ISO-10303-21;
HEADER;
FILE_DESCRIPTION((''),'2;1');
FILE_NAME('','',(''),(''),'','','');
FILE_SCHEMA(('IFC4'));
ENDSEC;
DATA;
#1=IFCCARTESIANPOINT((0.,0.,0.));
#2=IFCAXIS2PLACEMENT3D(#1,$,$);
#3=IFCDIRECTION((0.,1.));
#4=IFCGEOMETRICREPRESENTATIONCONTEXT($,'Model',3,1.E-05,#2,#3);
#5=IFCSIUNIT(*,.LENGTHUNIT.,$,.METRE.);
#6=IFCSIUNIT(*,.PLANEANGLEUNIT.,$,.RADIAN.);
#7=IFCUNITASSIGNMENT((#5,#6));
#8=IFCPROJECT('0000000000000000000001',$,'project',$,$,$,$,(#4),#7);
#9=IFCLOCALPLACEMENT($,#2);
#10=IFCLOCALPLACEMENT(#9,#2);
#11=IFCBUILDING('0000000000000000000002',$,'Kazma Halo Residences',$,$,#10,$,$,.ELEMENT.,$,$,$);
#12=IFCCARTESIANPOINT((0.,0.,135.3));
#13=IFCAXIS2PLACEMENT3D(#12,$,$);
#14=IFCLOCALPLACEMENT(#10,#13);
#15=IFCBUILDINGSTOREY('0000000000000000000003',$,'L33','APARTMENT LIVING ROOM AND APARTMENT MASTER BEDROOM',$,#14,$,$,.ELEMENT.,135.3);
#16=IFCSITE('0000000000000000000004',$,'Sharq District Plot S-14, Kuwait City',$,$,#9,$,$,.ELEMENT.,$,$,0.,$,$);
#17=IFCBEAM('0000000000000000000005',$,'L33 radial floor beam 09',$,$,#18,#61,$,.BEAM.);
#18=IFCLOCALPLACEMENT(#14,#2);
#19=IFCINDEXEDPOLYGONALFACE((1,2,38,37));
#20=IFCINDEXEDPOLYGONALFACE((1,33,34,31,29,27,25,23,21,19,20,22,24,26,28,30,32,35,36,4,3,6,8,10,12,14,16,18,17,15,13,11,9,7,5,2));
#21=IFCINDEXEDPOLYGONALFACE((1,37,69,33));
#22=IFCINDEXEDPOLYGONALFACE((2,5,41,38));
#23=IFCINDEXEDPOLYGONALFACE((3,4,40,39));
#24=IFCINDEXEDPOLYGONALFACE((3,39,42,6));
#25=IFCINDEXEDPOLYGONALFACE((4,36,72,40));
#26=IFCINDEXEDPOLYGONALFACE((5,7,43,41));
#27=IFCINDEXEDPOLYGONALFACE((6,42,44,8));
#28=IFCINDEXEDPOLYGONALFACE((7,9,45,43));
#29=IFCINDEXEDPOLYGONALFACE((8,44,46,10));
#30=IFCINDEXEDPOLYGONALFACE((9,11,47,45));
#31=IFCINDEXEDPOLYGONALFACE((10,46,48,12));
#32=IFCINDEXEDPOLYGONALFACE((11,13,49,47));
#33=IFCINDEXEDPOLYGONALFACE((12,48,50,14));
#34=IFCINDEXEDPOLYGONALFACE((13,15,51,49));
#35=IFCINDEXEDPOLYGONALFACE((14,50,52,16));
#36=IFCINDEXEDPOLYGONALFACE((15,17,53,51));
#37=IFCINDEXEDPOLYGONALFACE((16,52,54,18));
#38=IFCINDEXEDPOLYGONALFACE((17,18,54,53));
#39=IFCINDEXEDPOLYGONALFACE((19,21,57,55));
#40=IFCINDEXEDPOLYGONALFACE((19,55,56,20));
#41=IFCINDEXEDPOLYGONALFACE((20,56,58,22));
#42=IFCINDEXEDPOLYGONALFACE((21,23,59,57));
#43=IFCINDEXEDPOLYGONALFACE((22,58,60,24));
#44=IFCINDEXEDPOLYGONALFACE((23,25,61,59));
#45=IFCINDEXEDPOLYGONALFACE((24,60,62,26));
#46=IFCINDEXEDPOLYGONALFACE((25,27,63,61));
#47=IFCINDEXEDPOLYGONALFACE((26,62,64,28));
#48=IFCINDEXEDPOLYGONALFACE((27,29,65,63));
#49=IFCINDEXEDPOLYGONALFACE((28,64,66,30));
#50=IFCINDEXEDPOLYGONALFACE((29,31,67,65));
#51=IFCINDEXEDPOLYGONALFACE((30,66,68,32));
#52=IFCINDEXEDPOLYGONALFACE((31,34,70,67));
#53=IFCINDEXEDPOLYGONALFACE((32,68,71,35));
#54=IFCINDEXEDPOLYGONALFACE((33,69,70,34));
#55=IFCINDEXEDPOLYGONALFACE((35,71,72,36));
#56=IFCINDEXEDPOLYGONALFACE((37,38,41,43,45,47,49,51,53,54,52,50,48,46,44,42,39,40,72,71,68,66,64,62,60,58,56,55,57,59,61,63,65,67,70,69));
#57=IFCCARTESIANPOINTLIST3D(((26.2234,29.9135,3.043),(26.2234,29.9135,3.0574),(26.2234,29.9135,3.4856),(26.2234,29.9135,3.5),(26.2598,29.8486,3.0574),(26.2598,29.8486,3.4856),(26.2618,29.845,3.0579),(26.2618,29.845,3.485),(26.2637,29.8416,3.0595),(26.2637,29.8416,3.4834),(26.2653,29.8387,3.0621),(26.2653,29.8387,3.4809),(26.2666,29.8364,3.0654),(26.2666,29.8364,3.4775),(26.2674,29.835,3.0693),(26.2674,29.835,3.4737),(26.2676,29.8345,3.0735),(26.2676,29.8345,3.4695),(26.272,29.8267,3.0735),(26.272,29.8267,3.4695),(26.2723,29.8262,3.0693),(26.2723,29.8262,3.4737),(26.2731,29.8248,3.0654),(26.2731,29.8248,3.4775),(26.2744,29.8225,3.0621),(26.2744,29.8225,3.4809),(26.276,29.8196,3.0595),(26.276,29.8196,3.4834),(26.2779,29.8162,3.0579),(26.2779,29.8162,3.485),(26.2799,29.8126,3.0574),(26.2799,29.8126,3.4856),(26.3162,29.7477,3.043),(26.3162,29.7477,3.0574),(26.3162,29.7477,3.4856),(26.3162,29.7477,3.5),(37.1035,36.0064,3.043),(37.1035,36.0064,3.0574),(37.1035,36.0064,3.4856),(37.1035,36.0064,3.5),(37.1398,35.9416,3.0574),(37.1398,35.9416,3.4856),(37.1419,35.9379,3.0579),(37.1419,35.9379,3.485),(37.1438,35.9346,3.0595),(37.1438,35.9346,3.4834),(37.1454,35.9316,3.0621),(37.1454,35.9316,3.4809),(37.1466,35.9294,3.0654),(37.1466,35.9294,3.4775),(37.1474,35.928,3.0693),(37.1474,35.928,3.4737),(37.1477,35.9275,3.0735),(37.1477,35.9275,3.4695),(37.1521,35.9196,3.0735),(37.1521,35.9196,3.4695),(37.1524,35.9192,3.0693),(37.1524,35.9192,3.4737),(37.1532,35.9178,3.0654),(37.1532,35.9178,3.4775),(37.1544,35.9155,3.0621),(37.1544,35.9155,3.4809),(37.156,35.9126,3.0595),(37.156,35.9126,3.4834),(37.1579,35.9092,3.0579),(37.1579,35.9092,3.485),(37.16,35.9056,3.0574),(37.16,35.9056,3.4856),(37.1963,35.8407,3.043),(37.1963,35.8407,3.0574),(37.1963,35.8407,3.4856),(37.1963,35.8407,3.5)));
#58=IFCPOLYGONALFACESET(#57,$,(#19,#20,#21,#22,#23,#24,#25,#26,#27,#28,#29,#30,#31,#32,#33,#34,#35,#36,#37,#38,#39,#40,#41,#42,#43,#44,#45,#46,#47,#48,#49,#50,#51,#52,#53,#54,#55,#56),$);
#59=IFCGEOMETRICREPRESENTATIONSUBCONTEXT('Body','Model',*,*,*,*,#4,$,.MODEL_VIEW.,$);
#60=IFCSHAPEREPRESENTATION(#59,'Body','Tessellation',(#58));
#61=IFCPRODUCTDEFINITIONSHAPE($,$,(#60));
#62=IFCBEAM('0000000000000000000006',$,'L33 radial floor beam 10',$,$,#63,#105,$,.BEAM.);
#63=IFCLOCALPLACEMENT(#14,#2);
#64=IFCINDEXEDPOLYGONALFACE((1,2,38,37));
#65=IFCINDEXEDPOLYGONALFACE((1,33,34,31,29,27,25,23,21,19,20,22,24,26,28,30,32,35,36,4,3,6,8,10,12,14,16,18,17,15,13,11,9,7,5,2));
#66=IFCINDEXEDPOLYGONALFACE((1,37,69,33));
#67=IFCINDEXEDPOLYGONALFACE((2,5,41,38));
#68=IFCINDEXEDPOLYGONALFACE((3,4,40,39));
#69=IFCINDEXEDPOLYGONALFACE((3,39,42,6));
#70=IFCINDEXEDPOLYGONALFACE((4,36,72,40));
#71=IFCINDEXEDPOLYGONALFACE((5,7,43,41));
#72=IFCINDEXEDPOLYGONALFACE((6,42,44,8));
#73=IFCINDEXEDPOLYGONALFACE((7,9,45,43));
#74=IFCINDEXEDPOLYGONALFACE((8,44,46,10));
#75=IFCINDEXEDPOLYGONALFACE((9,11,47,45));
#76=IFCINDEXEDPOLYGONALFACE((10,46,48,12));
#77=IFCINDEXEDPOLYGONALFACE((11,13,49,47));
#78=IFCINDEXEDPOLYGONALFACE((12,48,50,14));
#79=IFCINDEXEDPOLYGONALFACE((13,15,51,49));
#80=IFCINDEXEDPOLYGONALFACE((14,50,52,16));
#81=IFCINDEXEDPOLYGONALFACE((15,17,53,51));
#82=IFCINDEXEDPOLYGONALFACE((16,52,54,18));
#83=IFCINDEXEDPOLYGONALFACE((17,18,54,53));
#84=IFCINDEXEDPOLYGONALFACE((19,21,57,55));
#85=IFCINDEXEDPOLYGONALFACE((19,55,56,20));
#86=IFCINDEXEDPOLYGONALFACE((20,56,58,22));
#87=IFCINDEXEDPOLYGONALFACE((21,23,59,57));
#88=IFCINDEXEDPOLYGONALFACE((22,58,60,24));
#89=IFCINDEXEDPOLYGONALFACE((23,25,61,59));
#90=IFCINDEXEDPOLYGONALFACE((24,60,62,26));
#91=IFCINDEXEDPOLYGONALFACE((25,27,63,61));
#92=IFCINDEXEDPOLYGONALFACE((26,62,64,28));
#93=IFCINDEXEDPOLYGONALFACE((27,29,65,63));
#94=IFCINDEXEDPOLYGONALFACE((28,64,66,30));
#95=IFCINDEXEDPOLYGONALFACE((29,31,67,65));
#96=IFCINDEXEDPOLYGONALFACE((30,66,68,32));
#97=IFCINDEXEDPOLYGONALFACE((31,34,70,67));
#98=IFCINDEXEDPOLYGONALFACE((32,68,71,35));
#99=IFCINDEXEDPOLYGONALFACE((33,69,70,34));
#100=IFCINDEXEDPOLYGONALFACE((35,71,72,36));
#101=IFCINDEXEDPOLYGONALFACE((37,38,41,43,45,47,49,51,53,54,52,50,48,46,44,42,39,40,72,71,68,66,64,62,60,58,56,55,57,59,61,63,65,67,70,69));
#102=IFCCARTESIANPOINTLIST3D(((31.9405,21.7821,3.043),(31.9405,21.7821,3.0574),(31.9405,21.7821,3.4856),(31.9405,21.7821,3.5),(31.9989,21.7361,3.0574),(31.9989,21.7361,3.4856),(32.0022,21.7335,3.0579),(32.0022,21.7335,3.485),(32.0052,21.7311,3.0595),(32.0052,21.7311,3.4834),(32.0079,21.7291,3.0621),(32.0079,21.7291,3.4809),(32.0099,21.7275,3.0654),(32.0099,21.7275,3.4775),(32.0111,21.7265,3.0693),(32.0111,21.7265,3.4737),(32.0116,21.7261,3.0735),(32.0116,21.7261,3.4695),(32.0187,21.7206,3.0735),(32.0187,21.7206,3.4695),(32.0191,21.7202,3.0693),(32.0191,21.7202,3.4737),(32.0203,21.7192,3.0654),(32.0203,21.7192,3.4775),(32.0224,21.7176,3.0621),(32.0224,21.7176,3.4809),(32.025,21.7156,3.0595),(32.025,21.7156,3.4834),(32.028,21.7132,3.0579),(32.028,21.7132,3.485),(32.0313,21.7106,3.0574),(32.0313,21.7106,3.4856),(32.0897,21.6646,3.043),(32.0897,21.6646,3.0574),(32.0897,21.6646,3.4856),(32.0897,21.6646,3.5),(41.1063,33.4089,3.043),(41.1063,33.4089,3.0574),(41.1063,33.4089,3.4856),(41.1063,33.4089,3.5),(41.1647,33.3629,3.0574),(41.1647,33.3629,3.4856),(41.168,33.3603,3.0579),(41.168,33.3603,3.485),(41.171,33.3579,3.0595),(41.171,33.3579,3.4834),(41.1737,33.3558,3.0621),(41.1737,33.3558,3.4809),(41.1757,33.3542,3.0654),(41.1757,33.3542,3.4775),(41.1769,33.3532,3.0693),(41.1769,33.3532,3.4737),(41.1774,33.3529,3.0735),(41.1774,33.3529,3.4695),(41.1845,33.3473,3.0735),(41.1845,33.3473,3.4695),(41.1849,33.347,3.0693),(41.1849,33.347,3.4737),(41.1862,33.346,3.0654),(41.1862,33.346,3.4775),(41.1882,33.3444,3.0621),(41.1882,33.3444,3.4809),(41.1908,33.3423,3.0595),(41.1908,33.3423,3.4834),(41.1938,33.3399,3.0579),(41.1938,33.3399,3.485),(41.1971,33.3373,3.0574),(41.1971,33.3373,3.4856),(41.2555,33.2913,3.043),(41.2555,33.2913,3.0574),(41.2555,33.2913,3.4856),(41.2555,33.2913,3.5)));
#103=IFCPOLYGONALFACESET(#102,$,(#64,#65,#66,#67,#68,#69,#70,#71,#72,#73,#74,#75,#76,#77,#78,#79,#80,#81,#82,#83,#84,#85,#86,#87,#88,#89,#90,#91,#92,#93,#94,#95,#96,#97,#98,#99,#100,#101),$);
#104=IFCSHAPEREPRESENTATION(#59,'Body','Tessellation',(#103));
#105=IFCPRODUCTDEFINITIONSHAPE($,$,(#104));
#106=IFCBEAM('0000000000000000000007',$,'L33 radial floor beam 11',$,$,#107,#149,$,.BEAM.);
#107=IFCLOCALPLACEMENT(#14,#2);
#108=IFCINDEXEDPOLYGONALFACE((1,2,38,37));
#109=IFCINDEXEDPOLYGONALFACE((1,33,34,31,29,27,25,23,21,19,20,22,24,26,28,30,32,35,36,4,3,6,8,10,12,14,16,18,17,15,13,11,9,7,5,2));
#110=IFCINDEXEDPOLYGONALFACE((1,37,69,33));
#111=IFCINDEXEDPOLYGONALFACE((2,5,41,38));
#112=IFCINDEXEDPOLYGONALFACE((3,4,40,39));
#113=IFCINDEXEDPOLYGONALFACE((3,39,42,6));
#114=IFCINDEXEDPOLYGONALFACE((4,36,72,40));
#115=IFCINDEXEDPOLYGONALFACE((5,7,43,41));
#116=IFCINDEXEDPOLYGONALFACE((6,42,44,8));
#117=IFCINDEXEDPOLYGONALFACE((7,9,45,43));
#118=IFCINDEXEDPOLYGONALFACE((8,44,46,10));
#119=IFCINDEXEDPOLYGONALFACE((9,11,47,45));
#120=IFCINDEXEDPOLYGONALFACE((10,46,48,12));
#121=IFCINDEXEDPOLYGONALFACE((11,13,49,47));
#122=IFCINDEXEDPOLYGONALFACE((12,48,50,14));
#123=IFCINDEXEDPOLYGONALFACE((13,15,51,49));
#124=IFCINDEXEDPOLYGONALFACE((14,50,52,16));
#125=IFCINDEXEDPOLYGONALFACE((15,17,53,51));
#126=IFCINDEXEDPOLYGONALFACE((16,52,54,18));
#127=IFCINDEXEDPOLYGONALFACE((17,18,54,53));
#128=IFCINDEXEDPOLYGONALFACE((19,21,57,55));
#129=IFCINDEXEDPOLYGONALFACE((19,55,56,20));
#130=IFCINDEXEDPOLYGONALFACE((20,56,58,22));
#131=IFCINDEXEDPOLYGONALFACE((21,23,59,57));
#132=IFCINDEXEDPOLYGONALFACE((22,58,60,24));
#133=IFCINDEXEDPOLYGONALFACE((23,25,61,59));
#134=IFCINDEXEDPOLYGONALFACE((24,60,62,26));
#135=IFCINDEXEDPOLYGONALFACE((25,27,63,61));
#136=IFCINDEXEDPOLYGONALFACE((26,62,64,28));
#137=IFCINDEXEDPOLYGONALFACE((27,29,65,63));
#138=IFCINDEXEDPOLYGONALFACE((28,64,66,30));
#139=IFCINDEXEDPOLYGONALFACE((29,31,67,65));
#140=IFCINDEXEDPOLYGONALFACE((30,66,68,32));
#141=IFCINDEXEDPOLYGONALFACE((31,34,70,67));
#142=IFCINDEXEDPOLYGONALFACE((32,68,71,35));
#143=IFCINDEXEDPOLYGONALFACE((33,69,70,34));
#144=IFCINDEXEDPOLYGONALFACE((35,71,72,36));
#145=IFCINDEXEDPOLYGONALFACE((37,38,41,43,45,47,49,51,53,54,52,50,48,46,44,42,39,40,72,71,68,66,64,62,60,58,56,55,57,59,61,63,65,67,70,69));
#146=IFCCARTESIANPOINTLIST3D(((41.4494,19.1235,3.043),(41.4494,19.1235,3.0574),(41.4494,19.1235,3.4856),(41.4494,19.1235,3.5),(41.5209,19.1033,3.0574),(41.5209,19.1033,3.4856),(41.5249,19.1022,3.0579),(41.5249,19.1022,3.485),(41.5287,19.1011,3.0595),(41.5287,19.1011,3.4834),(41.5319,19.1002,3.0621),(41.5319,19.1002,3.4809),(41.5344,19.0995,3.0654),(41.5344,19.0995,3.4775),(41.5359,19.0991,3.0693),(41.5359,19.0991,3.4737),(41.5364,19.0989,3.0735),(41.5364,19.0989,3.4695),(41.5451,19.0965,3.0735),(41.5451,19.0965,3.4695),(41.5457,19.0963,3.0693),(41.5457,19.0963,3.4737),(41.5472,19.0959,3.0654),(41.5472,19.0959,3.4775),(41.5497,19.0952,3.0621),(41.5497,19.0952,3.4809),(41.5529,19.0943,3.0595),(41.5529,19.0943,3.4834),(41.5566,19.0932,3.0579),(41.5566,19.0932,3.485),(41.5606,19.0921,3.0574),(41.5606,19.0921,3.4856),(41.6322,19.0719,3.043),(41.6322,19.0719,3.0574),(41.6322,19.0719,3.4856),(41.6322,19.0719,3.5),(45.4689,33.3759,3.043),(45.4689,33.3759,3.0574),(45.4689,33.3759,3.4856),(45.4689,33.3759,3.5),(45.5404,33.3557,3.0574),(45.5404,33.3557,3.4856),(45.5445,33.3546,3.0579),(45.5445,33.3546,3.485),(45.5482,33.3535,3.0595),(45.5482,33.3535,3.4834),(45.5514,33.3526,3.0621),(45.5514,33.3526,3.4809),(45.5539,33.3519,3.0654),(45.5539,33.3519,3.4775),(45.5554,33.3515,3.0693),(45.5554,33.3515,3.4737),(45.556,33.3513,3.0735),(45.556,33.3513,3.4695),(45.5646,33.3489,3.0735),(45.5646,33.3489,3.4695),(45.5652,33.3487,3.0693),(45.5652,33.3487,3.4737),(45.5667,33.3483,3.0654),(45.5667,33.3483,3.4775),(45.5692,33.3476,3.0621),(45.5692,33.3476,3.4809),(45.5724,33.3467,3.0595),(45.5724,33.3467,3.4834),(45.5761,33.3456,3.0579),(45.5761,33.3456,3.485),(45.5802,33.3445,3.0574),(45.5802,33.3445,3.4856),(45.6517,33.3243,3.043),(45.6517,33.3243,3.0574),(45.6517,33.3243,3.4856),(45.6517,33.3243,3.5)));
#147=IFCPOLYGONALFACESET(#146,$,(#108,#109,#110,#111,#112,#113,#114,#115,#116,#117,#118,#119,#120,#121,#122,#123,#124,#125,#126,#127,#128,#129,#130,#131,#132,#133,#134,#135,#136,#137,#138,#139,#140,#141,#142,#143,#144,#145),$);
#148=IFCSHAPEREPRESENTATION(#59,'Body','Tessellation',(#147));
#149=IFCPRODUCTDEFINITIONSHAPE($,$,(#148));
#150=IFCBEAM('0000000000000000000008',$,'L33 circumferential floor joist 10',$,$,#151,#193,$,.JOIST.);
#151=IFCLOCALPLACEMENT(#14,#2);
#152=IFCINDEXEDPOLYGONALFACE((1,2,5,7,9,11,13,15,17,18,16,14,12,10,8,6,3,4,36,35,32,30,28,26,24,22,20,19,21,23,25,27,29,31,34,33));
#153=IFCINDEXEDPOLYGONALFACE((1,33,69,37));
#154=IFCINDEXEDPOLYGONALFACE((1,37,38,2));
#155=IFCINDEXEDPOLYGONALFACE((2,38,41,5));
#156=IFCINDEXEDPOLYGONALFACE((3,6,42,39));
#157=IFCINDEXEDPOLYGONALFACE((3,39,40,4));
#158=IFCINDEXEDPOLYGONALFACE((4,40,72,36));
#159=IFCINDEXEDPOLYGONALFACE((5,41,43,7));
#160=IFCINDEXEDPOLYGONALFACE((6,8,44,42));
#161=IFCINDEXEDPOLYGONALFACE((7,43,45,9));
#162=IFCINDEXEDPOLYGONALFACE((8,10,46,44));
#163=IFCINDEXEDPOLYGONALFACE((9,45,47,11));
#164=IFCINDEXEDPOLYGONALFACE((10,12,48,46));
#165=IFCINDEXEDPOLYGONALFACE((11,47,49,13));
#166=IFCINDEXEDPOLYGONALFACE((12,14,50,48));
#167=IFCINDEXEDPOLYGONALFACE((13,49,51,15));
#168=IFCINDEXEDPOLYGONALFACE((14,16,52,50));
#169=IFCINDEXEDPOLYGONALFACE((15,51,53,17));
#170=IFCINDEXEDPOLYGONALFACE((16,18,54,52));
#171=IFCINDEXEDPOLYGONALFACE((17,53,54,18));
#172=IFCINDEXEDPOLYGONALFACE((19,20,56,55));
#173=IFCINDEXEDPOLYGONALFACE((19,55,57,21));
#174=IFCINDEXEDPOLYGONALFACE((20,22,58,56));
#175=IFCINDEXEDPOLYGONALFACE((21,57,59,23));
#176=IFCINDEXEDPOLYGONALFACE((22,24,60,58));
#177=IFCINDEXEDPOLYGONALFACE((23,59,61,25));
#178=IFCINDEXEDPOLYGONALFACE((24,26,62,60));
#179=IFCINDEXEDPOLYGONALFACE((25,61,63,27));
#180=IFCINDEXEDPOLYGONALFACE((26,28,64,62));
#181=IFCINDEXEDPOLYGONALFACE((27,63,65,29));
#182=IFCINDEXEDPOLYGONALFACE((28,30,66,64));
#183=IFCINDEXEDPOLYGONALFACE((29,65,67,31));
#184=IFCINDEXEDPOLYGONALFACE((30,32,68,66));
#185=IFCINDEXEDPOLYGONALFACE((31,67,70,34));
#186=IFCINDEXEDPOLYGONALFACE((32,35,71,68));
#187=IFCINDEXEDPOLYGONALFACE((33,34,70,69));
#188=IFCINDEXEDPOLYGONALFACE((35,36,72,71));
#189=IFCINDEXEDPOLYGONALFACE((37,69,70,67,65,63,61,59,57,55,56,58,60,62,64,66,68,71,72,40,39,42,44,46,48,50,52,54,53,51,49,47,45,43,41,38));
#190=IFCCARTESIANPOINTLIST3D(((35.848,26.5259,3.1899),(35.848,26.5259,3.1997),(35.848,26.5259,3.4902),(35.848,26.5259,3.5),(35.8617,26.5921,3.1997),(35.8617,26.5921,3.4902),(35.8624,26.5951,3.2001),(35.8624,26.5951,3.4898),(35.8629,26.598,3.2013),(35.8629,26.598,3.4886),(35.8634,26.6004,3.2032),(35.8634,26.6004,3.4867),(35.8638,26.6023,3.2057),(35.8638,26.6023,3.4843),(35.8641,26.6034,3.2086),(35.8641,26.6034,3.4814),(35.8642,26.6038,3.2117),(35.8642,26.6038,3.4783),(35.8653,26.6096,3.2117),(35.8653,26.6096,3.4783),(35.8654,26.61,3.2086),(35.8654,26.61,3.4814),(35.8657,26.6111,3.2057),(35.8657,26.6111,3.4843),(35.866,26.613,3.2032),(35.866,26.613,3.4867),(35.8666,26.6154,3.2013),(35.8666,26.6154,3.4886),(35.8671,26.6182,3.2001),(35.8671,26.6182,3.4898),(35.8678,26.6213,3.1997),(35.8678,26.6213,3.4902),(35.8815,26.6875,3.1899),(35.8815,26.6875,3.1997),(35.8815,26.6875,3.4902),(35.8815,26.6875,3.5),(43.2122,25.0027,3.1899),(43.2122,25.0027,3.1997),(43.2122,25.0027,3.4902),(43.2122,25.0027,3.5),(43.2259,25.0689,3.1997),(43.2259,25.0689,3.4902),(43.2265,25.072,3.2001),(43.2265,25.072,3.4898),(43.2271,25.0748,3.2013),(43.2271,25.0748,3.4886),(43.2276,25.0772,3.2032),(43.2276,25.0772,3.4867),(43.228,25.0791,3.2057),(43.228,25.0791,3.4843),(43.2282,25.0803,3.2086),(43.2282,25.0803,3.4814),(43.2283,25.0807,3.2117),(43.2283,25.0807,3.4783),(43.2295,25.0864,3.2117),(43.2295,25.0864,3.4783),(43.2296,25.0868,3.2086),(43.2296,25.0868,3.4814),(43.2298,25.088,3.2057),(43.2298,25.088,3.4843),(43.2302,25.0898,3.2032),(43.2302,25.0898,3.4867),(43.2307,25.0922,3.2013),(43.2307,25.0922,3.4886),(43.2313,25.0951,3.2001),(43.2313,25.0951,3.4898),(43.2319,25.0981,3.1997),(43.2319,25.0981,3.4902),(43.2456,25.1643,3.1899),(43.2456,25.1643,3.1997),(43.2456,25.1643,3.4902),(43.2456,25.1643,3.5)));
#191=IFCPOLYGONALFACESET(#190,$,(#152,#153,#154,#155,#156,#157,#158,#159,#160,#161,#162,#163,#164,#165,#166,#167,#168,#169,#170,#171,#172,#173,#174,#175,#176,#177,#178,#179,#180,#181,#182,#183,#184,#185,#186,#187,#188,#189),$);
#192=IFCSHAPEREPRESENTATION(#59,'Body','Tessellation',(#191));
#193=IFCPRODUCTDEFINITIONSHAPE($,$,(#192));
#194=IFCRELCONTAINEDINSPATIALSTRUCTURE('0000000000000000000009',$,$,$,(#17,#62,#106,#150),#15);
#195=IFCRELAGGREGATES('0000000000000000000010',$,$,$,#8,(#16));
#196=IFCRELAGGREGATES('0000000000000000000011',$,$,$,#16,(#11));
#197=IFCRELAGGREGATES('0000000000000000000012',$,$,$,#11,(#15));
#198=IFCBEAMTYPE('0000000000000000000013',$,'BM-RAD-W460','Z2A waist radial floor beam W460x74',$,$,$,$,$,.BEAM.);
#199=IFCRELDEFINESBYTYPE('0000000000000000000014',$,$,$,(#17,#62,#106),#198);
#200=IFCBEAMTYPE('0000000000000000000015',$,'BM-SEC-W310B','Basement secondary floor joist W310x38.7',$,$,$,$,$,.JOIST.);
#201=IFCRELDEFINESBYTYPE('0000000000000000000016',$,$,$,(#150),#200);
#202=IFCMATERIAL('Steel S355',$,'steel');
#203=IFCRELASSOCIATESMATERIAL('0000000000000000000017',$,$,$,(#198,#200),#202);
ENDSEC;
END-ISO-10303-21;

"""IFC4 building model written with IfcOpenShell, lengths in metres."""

from ifc_helpers import new_model, si_unit, direction, frame, origin, origin_2d, place, context, subcontext, project, spatial, i_section, extrude, material, material_profile, profile_set, type_object, element, save


model = new_model("IFC4")

# Units and contexts
model_context = context("Model", 3, precision=1e-05, world=origin(), true_north=direction((0.0, 1.0)))
body_context = subcontext(model_context, "Body", "Model", "MODEL_VIEW")
ifc_project = project(units=[si_unit("LENGTHUNIT", "METRE"), si_unit("PLANEANGLEUNIT", "RADIAN")], contexts=[model_context])

# Site, building, storey
site_placement = place(None, origin())
site = spatial("IfcSite", under=ifc_project, at=site_placement, Name="Sharq District Plot S-14, Kuwait City", CompositionType="ELEMENT", RefElevation=0.0)
building_placement = place(site_placement, origin())
building = spatial("IfcBuilding", under=site, at=building_placement, Name="Kazma Halo Residences", CompositionType="ELEMENT")
storey_placement = place(building_placement, frame((0.0, 0.0, 135.3)))
storey = spatial("IfcBuildingStorey", under=building, at=storey_placement, Name="L33", Description="APARTMENT LIVING ROOM AND APARTMENT MASTER BEDROOM", CompositionType="ELEMENT", Elevation=135.3)

# Beams
ifc_material_1 = material(Name="Steel S355", Category="steel")
ifc_material_profile_1 = material_profile(ifc_material_1, i_section(OverallWidth=0.1899, OverallDepth=0.457, WebThickness=0.009, FlangeThickness=0.0144, FilletRadius=0.0161, at=origin_2d()), Name="W460x74")
ifc_profile_set_1 = profile_set([ifc_material_profile_1], Name="Steel S355")
beam_type_1 = type_object("IfcBeamType", Name="BM-RAD-W460", Description="Z2A waist radial floor beam W460x74", PredefinedType="BEAM", material=ifc_profile_set_1)
beam_1_placement = place(storey_placement, frame((37.1499, 35.9236, 3.2715), z_axis=(-0.872501, -0.488612, 0.0), x_axis=(0.488612, -0.872501, 0.0)))
element("IfcBeam", 1, at=beam_1_placement, inside=storey, type_object=beam_type_1, Name="L33 radial floor beam 09", PredefinedType="BEAM", context=body_context, shape_type="SweptSolid", body=[
    extrude(i_section(OverallWidth=0.1899, OverallDepth=0.457, WebThickness=0.009, FlangeThickness=0.0144, FilletRadius=0.0161, at=origin_2d()), origin(), (0.0, 0.0, 1.0), 12.47),
])
beam_2_placement = place(storey_placement, frame((41.1809, 33.3501, 3.2715), z_axis=(-0.619094, -0.785316, 0.0), x_axis=(0.785316, -0.619094, 0.0)))
element("IfcBeam", 2, at=beam_2_placement, inside=storey, type_object=beam_type_1, Name="L33 radial floor beam 10", PredefinedType="BEAM", context=body_context, shape_type="SweptSolid", body=[
    extrude(i_section(OverallWidth=0.1899, OverallDepth=0.457, WebThickness=0.009, FlangeThickness=0.0144, FilletRadius=0.0161, at=origin_2d()), origin(), (0.0, 0.0, 1.0), 14.8052),
])
beam_3_placement = place(storey_placement, frame((45.5603, 33.3501, 3.2715), z_axis=(-0.271436, -0.962457, 0.0), x_axis=(0.962457, -0.271436, 0.0)))
element("IfcBeam", 3, at=beam_3_placement, inside=storey, type_object=beam_type_1, Name="L33 radial floor beam 11", PredefinedType="BEAM", context=body_context, shape_type="SweptSolid", body=[
    extrude(i_section(OverallWidth=0.1899, OverallDepth=0.457, WebThickness=0.009, FlangeThickness=0.0144, FilletRadius=0.0161, at=origin_2d()), origin(), (0.0, 0.0, 1.0), 14.8083),
])
ifc_material_profile_2 = material_profile(ifc_material_1, i_section(OverallWidth=0.165, OverallDepth=0.3101, WebThickness=0.0059, FlangeThickness=0.0098, FilletRadius=0.012, at=origin_2d()), Name="W310x38.7")
ifc_profile_set_2 = profile_set([ifc_material_profile_2], Name="Steel S355")
beam_type_2 = type_object("IfcBeamType", Name="BM-SEC-W310B", Description="Basement secondary floor joist W310x38.7", PredefinedType="JOIST", material=ifc_profile_set_2)
beam_4_placement = place(storey_placement, frame((35.8647, 26.6067, 3.345), z_axis=(0.979272, -0.202549, 0.0), x_axis=(0.202549, 0.979272, 0.0)))
element("IfcBeam", 4, at=beam_4_placement, inside=storey, type_object=beam_type_2, Name="L33 circumferential floor joist 10", PredefinedType="JOIST", context=body_context, shape_type="SweptSolid", body=[
    extrude(i_section(OverallWidth=0.165, OverallDepth=0.3101, WebThickness=0.0059, FlangeThickness=0.0098, FilletRadius=0.012, at=origin_2d()), origin(), (0.0, 0.0, 1.0), 7.52),
])

save(model, "model.ifc")
